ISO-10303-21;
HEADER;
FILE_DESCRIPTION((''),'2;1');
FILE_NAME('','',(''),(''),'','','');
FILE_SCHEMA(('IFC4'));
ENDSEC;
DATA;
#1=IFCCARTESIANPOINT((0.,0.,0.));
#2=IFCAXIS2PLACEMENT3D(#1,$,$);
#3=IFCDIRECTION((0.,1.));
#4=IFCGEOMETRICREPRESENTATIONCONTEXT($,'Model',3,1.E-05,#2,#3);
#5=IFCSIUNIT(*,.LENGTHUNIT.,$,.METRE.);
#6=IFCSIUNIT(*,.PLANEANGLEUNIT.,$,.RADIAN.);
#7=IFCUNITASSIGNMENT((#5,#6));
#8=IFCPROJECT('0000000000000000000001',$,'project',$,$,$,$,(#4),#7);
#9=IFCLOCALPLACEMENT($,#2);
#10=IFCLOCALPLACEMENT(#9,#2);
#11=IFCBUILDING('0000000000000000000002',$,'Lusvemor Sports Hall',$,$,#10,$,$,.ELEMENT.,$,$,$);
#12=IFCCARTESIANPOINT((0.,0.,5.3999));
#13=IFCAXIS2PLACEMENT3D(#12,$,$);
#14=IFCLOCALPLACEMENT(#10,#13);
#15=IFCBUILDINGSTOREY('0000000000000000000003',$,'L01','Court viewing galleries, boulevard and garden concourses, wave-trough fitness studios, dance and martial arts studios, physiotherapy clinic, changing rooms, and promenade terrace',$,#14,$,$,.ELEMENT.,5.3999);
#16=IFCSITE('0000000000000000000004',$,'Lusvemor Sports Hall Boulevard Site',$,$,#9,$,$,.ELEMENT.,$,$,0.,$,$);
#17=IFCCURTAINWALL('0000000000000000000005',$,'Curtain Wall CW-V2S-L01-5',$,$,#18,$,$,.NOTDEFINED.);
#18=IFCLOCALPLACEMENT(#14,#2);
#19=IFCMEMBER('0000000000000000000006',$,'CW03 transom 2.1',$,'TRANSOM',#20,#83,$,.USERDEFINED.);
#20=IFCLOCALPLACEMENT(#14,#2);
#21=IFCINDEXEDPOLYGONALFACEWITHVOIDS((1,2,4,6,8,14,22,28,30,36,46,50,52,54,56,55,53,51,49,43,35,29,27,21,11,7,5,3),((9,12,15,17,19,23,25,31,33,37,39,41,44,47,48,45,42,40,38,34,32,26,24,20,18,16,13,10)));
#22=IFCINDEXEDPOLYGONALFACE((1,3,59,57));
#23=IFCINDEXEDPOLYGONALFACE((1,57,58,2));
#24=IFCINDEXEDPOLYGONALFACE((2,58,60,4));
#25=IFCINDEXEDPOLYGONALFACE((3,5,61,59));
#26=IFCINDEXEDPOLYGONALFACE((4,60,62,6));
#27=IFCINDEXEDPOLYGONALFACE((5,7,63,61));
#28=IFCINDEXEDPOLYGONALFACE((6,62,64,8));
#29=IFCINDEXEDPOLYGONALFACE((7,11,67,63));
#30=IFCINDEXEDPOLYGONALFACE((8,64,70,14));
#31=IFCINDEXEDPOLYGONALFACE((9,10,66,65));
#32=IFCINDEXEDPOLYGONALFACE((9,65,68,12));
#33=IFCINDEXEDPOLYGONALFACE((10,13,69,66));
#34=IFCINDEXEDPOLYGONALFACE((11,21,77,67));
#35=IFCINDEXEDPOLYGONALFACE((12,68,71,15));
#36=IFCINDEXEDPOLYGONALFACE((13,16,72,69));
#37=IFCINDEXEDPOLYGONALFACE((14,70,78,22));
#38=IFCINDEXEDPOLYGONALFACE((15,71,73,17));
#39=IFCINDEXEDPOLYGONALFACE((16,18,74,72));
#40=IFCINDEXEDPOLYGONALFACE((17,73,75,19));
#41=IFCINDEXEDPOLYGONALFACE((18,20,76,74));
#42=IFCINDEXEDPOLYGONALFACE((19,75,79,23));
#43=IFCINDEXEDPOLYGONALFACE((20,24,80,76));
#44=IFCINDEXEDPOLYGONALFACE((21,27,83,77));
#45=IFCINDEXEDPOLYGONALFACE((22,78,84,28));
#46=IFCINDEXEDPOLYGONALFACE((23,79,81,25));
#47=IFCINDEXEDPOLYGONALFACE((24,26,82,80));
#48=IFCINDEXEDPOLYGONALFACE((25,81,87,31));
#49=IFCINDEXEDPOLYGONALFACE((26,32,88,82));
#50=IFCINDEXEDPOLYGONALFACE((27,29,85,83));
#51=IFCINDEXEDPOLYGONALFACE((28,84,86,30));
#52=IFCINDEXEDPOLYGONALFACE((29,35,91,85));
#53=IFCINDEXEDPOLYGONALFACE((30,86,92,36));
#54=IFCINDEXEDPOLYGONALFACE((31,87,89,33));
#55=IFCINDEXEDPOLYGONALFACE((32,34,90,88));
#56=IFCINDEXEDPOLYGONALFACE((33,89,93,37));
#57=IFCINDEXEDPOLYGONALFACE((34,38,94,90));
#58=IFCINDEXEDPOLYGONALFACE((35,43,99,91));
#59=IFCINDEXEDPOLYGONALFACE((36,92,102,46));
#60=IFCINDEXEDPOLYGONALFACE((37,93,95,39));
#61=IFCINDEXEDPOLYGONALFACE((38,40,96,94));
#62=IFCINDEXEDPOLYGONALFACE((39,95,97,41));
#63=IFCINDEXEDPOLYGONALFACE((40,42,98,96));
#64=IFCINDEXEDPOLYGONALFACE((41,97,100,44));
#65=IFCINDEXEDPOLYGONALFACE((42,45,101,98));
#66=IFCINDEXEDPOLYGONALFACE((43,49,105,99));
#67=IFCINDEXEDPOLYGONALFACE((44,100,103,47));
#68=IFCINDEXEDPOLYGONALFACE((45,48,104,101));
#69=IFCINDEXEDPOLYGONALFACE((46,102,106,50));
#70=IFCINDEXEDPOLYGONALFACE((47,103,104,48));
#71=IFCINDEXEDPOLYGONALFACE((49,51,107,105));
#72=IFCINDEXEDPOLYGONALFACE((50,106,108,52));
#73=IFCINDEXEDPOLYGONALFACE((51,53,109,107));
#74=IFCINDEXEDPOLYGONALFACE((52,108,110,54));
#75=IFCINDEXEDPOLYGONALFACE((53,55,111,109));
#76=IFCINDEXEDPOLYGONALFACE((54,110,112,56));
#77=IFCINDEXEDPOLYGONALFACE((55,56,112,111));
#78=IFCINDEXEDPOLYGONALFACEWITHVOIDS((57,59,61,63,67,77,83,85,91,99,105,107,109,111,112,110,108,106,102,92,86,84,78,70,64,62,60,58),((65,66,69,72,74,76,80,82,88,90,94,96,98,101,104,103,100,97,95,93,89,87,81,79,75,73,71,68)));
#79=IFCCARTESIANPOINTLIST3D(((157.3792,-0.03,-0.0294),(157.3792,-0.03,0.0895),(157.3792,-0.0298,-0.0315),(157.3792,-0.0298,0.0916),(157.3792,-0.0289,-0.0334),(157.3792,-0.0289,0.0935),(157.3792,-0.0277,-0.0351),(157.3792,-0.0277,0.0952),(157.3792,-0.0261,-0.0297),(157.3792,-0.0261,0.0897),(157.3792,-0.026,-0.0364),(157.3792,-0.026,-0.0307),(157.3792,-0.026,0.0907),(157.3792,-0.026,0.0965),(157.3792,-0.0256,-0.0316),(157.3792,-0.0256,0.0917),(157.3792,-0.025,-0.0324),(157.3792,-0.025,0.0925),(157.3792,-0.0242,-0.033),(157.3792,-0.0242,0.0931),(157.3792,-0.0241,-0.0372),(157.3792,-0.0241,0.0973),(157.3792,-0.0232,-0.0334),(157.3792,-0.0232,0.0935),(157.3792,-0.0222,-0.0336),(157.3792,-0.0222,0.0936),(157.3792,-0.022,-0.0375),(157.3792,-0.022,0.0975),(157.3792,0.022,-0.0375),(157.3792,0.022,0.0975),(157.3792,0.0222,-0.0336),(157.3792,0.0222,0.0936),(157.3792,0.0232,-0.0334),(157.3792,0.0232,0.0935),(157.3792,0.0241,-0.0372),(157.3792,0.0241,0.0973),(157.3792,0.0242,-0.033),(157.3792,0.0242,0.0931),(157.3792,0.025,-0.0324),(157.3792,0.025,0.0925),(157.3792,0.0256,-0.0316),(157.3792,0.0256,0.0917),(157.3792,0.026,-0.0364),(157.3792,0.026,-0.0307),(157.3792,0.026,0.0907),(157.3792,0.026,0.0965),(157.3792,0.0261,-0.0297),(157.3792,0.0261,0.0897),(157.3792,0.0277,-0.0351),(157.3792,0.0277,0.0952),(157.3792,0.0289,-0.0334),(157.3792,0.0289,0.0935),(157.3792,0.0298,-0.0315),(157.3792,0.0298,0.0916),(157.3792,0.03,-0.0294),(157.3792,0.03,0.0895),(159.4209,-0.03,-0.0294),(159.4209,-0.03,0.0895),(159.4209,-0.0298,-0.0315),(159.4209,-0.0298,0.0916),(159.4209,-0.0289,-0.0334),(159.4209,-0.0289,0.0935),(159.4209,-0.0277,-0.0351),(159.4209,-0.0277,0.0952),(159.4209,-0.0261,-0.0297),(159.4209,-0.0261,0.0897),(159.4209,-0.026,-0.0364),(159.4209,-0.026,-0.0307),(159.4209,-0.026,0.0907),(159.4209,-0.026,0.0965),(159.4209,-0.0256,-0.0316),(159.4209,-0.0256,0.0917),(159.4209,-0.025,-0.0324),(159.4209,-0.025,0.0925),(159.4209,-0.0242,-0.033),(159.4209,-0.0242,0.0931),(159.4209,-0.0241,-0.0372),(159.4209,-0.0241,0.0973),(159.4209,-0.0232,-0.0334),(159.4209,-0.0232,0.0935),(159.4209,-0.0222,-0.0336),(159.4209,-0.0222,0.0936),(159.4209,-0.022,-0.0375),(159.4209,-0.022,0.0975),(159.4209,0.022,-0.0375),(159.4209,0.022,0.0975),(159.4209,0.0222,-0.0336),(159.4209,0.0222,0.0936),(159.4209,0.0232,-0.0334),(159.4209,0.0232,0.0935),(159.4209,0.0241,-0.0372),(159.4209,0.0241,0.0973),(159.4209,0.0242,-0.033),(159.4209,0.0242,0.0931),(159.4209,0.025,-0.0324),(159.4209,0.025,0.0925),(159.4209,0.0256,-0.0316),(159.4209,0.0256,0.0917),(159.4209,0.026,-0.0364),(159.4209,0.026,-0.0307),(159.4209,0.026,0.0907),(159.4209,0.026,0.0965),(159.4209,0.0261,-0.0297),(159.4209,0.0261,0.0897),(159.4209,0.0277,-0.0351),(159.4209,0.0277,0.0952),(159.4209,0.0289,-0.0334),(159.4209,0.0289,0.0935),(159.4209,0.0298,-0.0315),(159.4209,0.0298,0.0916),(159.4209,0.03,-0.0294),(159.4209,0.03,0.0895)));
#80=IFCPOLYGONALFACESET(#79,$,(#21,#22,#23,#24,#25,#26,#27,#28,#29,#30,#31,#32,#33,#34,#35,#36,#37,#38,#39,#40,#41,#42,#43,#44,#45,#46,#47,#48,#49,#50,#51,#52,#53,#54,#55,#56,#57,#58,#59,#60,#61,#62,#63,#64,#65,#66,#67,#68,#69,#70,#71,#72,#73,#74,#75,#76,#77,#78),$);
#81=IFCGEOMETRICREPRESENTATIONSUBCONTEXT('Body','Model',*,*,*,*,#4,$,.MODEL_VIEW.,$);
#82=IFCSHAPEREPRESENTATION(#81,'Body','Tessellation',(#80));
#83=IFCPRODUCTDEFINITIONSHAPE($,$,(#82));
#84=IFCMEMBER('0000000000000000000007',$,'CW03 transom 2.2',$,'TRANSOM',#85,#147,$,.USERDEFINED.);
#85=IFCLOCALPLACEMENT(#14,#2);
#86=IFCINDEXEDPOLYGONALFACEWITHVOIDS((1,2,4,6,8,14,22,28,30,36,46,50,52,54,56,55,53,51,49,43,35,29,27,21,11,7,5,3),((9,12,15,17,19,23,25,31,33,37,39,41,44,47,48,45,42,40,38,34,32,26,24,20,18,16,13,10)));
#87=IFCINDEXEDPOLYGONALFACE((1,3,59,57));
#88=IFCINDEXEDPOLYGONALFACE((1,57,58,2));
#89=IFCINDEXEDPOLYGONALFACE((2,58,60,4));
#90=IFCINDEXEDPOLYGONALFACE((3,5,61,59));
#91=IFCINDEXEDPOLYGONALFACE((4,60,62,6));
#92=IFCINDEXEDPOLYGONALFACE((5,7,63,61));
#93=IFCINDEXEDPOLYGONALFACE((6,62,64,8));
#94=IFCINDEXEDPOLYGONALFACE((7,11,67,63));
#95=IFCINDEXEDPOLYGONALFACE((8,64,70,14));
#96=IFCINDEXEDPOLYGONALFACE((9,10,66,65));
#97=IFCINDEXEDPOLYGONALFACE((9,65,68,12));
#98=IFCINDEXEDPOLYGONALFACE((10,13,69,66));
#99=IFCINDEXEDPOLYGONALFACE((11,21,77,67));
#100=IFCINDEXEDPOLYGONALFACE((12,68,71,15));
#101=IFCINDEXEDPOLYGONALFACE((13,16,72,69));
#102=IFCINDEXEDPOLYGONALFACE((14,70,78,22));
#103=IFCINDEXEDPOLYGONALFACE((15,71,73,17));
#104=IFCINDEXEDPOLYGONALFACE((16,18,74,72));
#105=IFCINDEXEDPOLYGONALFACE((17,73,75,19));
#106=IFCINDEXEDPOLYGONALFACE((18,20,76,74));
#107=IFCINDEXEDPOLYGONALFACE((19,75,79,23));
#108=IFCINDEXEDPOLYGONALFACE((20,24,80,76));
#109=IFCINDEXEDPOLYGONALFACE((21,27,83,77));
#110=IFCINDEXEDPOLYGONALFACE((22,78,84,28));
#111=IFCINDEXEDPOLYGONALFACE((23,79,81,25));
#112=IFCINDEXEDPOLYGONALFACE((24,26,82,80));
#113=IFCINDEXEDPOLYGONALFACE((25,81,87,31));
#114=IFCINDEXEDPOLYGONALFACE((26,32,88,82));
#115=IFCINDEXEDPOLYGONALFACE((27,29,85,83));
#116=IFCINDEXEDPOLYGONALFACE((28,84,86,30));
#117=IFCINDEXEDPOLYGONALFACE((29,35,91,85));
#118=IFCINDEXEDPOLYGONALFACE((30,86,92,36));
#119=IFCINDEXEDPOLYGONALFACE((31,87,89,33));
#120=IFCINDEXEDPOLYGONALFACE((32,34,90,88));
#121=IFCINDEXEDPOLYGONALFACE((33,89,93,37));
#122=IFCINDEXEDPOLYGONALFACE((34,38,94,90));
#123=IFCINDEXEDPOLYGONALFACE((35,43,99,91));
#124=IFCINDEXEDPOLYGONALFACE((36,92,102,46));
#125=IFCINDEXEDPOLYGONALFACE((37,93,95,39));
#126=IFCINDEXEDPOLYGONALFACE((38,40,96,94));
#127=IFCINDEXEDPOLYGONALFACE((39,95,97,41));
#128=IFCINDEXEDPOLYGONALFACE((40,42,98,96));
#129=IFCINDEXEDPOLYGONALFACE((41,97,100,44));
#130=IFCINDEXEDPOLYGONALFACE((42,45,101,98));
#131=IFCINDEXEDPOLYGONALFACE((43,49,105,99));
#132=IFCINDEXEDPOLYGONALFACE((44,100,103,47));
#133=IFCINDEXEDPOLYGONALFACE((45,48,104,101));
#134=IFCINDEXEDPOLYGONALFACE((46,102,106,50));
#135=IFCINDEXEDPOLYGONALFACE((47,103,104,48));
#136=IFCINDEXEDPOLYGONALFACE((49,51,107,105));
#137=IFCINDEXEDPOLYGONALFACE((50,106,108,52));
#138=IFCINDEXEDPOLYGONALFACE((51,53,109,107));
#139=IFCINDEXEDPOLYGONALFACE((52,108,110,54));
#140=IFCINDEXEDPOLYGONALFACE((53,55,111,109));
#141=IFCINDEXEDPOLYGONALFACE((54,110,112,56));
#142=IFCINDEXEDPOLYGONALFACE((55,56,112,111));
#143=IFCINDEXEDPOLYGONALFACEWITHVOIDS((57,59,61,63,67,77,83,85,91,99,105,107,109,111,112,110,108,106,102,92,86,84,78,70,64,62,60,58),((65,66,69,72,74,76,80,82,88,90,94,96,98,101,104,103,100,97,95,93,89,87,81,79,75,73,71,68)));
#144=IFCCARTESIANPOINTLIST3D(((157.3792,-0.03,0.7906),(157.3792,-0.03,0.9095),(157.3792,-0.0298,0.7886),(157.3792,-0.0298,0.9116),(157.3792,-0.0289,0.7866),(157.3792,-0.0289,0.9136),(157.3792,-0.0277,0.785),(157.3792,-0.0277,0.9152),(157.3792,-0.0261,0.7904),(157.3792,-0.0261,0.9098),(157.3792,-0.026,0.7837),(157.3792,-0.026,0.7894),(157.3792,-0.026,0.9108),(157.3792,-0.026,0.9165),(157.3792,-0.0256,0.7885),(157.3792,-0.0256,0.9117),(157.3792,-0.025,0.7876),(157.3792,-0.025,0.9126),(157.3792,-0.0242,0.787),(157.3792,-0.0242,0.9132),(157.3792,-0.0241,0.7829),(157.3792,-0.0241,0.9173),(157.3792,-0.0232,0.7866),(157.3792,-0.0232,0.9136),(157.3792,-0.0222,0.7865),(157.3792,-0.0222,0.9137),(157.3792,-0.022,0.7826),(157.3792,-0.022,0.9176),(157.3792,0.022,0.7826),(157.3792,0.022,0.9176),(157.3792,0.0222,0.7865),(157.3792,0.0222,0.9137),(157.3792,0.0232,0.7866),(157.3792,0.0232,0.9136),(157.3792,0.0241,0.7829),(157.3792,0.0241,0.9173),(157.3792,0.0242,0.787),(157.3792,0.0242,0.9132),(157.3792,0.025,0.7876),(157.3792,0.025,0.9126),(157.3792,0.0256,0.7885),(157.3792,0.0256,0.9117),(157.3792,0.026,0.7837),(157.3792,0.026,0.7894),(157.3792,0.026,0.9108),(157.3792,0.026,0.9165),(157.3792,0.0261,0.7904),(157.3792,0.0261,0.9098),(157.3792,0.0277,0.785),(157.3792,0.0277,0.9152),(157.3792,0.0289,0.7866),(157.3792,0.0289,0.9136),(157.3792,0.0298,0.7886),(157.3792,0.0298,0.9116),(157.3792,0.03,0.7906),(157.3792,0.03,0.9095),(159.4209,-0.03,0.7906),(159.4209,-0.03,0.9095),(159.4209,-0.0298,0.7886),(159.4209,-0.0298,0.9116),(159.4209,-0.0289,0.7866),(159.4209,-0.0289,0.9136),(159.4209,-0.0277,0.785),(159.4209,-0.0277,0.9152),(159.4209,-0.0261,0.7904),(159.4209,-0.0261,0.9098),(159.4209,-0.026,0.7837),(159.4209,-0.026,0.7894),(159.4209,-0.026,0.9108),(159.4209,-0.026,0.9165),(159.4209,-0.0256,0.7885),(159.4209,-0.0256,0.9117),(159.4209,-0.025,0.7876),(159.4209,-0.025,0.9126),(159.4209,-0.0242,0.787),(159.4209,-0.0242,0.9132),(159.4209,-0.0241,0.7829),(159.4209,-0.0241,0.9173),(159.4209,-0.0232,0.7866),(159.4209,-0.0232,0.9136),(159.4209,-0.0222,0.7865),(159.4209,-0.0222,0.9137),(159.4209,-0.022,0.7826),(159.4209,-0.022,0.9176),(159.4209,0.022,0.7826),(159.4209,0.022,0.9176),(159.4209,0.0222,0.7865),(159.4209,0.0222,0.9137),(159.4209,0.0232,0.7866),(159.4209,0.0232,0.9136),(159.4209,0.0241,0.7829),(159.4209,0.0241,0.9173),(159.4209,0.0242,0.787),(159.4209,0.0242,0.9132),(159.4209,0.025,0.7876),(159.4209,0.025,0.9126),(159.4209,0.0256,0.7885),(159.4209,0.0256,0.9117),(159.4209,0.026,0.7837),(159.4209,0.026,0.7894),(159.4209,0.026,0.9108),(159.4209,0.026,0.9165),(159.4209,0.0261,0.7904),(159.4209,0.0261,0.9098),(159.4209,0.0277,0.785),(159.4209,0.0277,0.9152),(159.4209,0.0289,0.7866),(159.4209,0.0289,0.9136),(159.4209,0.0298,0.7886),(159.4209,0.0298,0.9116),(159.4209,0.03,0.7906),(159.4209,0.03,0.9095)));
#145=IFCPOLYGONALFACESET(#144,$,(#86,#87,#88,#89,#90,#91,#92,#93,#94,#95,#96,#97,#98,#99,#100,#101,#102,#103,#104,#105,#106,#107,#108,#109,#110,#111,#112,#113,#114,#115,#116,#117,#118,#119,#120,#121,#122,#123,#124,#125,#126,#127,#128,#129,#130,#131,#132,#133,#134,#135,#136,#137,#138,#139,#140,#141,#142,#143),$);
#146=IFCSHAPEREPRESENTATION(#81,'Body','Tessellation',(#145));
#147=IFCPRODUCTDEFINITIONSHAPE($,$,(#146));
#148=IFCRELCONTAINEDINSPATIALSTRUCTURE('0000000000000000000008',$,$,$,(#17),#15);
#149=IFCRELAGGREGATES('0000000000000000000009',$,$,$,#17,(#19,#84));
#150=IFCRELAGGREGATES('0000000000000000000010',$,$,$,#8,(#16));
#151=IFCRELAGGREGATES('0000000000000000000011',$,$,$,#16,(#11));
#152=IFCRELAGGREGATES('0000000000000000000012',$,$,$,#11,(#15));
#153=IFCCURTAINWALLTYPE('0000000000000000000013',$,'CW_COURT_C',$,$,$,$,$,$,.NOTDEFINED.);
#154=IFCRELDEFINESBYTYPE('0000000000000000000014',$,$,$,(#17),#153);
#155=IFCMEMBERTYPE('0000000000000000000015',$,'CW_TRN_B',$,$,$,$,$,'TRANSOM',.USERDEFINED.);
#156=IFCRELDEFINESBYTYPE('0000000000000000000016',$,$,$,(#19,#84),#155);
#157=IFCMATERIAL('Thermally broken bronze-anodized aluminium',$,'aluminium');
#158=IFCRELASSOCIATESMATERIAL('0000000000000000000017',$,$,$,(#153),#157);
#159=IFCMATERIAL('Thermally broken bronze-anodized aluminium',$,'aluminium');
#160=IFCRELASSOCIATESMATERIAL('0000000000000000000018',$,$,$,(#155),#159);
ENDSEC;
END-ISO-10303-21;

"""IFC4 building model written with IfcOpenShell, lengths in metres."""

from ifc_helpers import new_model, si_unit, direction, frame, origin, origin_2d, place, context, subcontext, project, spatial, hollow_rectangle, extrude, material, material_profile, profile_set, type_object, element, aggregate, save


model = new_model("IFC4")

# Units and contexts
model_context = context("Model", 3, precision=1e-05, world=origin(), true_north=direction((0.0, 1.0)))
body_context = subcontext(model_context, "Body", "Model", "MODEL_VIEW")
ifc_project = project(units=[si_unit("LENGTHUNIT", "METRE"), si_unit("PLANEANGLEUNIT", "RADIAN")], contexts=[model_context])

# Site, building, storey
site_placement = place(None, origin())
site = spatial("IfcSite", under=ifc_project, at=site_placement, Name="Lusvemor Sports Hall Boulevard Site", CompositionType="ELEMENT", RefElevation=0.0)
building_placement = place(site_placement, origin())
building = spatial("IfcBuilding", under=site, at=building_placement, Name="Lusvemor Sports Hall", CompositionType="ELEMENT")
storey_placement = place(building_placement, frame((0.0, 0.0, 5.3999)))
storey = spatial("IfcBuildingStorey", under=building, at=storey_placement, Name="L01", Description="Court viewing galleries, boulevard and garden concourses, wave-trough fitness studios, dance and martial arts studios, physiotherapy clinic, changing rooms, and promenade terrace", CompositionType="ELEMENT", Elevation=5.3999)

# Curtain wall, members
ifc_material_1 = material(Name="Thermally broken bronze-anodized aluminium", Category="aluminium")
curtain_wall_type = type_object("IfcCurtainWallType", Name="CW_COURT_C", PredefinedType="NOTDEFINED", material=ifc_material_1)
curtain_wall_placement = place(storey_placement, origin())
curtain_wall = element("IfcCurtainWall", 1, at=curtain_wall_placement, inside=storey, type_object=curtain_wall_type, Name="Curtain Wall CW-V2S-L01-5", PredefinedType="NOTDEFINED")
ifc_material_2 = material(Name="Thermally broken bronze-anodized aluminium", Category="aluminium")
ifc_material_profile_1 = material_profile(ifc_material_2, hollow_rectangle(XDim=0.0601, YDim=0.135, WallThickness=0.0039, InnerFilletRadius=0.0039, OuterFilletRadius=0.0081, at=origin_2d()), Name="CWTRN135x60x4")
ifc_profile_set_1 = profile_set([ifc_material_profile_1], Name="Thermally broken bronze-anodized aluminium")
member_type_1 = type_object("IfcMemberType", Name="CW_TRN_B", ElementType="TRANSOM", PredefinedType="USERDEFINED", material=ifc_profile_set_1)
member_1_placement = place(storey_placement, frame((159.4209, 0.0, 0.03), z_axis=(-1.0, 0.0, 0.0), x_axis=(0.0, -1.0, 0.0)))
member_1 = element("IfcMember", 2, at=member_1_placement, type_object=member_type_1, Name="CW03 transom 2.1", ObjectType="TRANSOM", PredefinedType="USERDEFINED", context=body_context, shape_type="SweptSolid", body=[
    extrude(hollow_rectangle(XDim=0.0601, YDim=0.135, WallThickness=0.0039, InnerFilletRadius=0.0039, OuterFilletRadius=0.0081, at=origin_2d()), origin(), (0.0, 0.0, 1.0), 2.0417),
])
member_2_placement = place(storey_placement, frame((159.4209, 0.0, 0.8501), z_axis=(-1.0, 0.0, 0.0), x_axis=(0.0, -1.0, 0.0)))
member_2 = element("IfcMember", 3, at=member_2_placement, type_object=member_type_1, Name="CW03 transom 2.2", ObjectType="TRANSOM", PredefinedType="USERDEFINED", context=body_context, shape_type="SweptSolid", body=[
    extrude(hollow_rectangle(XDim=0.0601, YDim=0.135, WallThickness=0.0039, InnerFilletRadius=0.0039, OuterFilletRadius=0.0081, at=origin_2d()), origin(), (0.0, 0.0, 1.0), 2.0417),
])

aggregate(curtain_wall, [member_1, member_2])

save(model, "model.ifc")
